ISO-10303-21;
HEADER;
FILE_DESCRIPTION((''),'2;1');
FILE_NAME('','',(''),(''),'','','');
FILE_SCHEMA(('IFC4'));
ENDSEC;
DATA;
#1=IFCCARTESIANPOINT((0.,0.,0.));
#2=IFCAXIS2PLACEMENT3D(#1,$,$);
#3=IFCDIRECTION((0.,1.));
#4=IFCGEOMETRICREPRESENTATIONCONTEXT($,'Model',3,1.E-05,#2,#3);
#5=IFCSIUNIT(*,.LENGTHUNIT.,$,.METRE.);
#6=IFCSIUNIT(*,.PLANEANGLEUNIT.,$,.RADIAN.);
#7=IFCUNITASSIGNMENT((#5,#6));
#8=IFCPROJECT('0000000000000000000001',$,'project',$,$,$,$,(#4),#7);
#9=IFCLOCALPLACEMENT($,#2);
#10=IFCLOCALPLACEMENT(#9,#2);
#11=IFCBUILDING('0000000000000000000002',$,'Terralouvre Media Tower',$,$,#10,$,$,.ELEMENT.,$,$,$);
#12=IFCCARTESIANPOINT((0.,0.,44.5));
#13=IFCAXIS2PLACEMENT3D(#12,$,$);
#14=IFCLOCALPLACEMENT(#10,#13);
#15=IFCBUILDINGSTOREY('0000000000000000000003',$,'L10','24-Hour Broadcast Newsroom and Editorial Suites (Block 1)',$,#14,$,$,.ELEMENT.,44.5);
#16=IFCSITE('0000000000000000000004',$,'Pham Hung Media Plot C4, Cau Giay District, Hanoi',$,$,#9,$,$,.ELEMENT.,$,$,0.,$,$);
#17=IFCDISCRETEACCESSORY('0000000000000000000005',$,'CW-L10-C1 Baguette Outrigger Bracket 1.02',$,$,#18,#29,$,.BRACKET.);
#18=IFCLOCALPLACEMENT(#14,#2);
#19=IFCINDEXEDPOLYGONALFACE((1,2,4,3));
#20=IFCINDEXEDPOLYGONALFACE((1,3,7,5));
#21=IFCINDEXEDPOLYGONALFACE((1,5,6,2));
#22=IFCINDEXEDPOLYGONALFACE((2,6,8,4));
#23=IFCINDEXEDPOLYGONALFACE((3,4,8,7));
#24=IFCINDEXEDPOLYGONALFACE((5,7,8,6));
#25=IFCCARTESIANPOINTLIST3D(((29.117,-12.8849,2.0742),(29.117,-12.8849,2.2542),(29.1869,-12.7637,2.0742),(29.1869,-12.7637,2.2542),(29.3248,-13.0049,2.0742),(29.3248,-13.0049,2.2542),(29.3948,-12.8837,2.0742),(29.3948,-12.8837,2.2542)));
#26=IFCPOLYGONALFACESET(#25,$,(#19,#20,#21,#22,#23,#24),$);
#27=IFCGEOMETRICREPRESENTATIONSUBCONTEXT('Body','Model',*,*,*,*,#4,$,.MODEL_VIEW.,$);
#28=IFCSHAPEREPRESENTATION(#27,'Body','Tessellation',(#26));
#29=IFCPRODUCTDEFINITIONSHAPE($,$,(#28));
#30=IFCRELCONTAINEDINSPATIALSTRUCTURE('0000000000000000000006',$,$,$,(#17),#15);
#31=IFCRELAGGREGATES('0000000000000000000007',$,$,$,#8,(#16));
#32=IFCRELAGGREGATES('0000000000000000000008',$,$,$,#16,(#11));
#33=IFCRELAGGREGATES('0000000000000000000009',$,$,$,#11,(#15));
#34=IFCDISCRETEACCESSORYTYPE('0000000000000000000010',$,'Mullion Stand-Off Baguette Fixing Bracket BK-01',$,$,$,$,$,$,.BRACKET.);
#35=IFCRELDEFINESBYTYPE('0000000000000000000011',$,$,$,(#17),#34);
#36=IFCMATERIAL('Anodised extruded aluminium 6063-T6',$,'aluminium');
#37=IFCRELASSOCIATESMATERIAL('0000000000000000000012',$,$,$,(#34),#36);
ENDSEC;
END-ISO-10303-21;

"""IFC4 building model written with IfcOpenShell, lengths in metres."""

from ifc_helpers import new_model, si_unit, direction, frame, origin, origin_2d, place, context, subcontext, project, spatial, rectangle, extrude, material, type_object, element, save


model = new_model("IFC4")

# Units and contexts
model_context = context("Model", 3, precision=1e-05, world=origin(), true_north=direction((0.0, 1.0)))
body_context = subcontext(model_context, "Body", "Model", "MODEL_VIEW")
ifc_project = project(units=[si_unit("LENGTHUNIT", "METRE"), si_unit("PLANEANGLEUNIT", "RADIAN")], contexts=[model_context])

# Site, building, storey
site_placement = place(None, origin())
site = spatial("IfcSite", under=ifc_project, at=site_placement, Name="Pham Hung Media Plot C4, Cau Giay District, Hanoi", CompositionType="ELEMENT", RefElevation=0.0)
building_placement = place(site_placement, origin())
building = spatial("IfcBuilding", under=site, at=building_placement, Name="Terralouvre Media Tower", CompositionType="ELEMENT")
storey_placement = place(building_placement, frame((0.0, 0.0, 44.5)))
storey = spatial("IfcBuildingStorey", under=building, at=storey_placement, Name="L10", Description="24-Hour Broadcast Newsroom and Editorial Suites (Block 1)", CompositionType="ELEMENT", Elevation=44.5)

# Discrete accessory
ifc_material_1 = material(Name="Anodised extruded aluminium 6063-T6", Category="aluminium")
discrete_accessory_type = type_object("IfcDiscreteAccessoryType", Name="Mullion Stand-Off Baguette Fixing Bracket BK-01", PredefinedType="BRACKET", material=ifc_material_1)
for number, where, z_axis, x_axis, name in (
    (1, (29.2559, -12.8843, 2.0742), (0.0, 0.0, 1.0), (0.5, 0.866026, 0.0), "CW-L10-C1 Baguette Outrigger Bracket 1.02"),
):
    element("IfcDiscreteAccessory", number, at=place(storey_placement, frame(where, z_axis=z_axis, x_axis=x_axis)), inside=storey, type_object=discrete_accessory_type, Name=name, PredefinedType="BRACKET", context=body_context, shape_type="SweptSolid", body=[
        extrude(rectangle(XDim=0.1399, YDim=0.24, at=origin_2d()), origin(), (0.0, 0.0, 1.0), 0.1799),
    ])

save(model, "model.ifc")
